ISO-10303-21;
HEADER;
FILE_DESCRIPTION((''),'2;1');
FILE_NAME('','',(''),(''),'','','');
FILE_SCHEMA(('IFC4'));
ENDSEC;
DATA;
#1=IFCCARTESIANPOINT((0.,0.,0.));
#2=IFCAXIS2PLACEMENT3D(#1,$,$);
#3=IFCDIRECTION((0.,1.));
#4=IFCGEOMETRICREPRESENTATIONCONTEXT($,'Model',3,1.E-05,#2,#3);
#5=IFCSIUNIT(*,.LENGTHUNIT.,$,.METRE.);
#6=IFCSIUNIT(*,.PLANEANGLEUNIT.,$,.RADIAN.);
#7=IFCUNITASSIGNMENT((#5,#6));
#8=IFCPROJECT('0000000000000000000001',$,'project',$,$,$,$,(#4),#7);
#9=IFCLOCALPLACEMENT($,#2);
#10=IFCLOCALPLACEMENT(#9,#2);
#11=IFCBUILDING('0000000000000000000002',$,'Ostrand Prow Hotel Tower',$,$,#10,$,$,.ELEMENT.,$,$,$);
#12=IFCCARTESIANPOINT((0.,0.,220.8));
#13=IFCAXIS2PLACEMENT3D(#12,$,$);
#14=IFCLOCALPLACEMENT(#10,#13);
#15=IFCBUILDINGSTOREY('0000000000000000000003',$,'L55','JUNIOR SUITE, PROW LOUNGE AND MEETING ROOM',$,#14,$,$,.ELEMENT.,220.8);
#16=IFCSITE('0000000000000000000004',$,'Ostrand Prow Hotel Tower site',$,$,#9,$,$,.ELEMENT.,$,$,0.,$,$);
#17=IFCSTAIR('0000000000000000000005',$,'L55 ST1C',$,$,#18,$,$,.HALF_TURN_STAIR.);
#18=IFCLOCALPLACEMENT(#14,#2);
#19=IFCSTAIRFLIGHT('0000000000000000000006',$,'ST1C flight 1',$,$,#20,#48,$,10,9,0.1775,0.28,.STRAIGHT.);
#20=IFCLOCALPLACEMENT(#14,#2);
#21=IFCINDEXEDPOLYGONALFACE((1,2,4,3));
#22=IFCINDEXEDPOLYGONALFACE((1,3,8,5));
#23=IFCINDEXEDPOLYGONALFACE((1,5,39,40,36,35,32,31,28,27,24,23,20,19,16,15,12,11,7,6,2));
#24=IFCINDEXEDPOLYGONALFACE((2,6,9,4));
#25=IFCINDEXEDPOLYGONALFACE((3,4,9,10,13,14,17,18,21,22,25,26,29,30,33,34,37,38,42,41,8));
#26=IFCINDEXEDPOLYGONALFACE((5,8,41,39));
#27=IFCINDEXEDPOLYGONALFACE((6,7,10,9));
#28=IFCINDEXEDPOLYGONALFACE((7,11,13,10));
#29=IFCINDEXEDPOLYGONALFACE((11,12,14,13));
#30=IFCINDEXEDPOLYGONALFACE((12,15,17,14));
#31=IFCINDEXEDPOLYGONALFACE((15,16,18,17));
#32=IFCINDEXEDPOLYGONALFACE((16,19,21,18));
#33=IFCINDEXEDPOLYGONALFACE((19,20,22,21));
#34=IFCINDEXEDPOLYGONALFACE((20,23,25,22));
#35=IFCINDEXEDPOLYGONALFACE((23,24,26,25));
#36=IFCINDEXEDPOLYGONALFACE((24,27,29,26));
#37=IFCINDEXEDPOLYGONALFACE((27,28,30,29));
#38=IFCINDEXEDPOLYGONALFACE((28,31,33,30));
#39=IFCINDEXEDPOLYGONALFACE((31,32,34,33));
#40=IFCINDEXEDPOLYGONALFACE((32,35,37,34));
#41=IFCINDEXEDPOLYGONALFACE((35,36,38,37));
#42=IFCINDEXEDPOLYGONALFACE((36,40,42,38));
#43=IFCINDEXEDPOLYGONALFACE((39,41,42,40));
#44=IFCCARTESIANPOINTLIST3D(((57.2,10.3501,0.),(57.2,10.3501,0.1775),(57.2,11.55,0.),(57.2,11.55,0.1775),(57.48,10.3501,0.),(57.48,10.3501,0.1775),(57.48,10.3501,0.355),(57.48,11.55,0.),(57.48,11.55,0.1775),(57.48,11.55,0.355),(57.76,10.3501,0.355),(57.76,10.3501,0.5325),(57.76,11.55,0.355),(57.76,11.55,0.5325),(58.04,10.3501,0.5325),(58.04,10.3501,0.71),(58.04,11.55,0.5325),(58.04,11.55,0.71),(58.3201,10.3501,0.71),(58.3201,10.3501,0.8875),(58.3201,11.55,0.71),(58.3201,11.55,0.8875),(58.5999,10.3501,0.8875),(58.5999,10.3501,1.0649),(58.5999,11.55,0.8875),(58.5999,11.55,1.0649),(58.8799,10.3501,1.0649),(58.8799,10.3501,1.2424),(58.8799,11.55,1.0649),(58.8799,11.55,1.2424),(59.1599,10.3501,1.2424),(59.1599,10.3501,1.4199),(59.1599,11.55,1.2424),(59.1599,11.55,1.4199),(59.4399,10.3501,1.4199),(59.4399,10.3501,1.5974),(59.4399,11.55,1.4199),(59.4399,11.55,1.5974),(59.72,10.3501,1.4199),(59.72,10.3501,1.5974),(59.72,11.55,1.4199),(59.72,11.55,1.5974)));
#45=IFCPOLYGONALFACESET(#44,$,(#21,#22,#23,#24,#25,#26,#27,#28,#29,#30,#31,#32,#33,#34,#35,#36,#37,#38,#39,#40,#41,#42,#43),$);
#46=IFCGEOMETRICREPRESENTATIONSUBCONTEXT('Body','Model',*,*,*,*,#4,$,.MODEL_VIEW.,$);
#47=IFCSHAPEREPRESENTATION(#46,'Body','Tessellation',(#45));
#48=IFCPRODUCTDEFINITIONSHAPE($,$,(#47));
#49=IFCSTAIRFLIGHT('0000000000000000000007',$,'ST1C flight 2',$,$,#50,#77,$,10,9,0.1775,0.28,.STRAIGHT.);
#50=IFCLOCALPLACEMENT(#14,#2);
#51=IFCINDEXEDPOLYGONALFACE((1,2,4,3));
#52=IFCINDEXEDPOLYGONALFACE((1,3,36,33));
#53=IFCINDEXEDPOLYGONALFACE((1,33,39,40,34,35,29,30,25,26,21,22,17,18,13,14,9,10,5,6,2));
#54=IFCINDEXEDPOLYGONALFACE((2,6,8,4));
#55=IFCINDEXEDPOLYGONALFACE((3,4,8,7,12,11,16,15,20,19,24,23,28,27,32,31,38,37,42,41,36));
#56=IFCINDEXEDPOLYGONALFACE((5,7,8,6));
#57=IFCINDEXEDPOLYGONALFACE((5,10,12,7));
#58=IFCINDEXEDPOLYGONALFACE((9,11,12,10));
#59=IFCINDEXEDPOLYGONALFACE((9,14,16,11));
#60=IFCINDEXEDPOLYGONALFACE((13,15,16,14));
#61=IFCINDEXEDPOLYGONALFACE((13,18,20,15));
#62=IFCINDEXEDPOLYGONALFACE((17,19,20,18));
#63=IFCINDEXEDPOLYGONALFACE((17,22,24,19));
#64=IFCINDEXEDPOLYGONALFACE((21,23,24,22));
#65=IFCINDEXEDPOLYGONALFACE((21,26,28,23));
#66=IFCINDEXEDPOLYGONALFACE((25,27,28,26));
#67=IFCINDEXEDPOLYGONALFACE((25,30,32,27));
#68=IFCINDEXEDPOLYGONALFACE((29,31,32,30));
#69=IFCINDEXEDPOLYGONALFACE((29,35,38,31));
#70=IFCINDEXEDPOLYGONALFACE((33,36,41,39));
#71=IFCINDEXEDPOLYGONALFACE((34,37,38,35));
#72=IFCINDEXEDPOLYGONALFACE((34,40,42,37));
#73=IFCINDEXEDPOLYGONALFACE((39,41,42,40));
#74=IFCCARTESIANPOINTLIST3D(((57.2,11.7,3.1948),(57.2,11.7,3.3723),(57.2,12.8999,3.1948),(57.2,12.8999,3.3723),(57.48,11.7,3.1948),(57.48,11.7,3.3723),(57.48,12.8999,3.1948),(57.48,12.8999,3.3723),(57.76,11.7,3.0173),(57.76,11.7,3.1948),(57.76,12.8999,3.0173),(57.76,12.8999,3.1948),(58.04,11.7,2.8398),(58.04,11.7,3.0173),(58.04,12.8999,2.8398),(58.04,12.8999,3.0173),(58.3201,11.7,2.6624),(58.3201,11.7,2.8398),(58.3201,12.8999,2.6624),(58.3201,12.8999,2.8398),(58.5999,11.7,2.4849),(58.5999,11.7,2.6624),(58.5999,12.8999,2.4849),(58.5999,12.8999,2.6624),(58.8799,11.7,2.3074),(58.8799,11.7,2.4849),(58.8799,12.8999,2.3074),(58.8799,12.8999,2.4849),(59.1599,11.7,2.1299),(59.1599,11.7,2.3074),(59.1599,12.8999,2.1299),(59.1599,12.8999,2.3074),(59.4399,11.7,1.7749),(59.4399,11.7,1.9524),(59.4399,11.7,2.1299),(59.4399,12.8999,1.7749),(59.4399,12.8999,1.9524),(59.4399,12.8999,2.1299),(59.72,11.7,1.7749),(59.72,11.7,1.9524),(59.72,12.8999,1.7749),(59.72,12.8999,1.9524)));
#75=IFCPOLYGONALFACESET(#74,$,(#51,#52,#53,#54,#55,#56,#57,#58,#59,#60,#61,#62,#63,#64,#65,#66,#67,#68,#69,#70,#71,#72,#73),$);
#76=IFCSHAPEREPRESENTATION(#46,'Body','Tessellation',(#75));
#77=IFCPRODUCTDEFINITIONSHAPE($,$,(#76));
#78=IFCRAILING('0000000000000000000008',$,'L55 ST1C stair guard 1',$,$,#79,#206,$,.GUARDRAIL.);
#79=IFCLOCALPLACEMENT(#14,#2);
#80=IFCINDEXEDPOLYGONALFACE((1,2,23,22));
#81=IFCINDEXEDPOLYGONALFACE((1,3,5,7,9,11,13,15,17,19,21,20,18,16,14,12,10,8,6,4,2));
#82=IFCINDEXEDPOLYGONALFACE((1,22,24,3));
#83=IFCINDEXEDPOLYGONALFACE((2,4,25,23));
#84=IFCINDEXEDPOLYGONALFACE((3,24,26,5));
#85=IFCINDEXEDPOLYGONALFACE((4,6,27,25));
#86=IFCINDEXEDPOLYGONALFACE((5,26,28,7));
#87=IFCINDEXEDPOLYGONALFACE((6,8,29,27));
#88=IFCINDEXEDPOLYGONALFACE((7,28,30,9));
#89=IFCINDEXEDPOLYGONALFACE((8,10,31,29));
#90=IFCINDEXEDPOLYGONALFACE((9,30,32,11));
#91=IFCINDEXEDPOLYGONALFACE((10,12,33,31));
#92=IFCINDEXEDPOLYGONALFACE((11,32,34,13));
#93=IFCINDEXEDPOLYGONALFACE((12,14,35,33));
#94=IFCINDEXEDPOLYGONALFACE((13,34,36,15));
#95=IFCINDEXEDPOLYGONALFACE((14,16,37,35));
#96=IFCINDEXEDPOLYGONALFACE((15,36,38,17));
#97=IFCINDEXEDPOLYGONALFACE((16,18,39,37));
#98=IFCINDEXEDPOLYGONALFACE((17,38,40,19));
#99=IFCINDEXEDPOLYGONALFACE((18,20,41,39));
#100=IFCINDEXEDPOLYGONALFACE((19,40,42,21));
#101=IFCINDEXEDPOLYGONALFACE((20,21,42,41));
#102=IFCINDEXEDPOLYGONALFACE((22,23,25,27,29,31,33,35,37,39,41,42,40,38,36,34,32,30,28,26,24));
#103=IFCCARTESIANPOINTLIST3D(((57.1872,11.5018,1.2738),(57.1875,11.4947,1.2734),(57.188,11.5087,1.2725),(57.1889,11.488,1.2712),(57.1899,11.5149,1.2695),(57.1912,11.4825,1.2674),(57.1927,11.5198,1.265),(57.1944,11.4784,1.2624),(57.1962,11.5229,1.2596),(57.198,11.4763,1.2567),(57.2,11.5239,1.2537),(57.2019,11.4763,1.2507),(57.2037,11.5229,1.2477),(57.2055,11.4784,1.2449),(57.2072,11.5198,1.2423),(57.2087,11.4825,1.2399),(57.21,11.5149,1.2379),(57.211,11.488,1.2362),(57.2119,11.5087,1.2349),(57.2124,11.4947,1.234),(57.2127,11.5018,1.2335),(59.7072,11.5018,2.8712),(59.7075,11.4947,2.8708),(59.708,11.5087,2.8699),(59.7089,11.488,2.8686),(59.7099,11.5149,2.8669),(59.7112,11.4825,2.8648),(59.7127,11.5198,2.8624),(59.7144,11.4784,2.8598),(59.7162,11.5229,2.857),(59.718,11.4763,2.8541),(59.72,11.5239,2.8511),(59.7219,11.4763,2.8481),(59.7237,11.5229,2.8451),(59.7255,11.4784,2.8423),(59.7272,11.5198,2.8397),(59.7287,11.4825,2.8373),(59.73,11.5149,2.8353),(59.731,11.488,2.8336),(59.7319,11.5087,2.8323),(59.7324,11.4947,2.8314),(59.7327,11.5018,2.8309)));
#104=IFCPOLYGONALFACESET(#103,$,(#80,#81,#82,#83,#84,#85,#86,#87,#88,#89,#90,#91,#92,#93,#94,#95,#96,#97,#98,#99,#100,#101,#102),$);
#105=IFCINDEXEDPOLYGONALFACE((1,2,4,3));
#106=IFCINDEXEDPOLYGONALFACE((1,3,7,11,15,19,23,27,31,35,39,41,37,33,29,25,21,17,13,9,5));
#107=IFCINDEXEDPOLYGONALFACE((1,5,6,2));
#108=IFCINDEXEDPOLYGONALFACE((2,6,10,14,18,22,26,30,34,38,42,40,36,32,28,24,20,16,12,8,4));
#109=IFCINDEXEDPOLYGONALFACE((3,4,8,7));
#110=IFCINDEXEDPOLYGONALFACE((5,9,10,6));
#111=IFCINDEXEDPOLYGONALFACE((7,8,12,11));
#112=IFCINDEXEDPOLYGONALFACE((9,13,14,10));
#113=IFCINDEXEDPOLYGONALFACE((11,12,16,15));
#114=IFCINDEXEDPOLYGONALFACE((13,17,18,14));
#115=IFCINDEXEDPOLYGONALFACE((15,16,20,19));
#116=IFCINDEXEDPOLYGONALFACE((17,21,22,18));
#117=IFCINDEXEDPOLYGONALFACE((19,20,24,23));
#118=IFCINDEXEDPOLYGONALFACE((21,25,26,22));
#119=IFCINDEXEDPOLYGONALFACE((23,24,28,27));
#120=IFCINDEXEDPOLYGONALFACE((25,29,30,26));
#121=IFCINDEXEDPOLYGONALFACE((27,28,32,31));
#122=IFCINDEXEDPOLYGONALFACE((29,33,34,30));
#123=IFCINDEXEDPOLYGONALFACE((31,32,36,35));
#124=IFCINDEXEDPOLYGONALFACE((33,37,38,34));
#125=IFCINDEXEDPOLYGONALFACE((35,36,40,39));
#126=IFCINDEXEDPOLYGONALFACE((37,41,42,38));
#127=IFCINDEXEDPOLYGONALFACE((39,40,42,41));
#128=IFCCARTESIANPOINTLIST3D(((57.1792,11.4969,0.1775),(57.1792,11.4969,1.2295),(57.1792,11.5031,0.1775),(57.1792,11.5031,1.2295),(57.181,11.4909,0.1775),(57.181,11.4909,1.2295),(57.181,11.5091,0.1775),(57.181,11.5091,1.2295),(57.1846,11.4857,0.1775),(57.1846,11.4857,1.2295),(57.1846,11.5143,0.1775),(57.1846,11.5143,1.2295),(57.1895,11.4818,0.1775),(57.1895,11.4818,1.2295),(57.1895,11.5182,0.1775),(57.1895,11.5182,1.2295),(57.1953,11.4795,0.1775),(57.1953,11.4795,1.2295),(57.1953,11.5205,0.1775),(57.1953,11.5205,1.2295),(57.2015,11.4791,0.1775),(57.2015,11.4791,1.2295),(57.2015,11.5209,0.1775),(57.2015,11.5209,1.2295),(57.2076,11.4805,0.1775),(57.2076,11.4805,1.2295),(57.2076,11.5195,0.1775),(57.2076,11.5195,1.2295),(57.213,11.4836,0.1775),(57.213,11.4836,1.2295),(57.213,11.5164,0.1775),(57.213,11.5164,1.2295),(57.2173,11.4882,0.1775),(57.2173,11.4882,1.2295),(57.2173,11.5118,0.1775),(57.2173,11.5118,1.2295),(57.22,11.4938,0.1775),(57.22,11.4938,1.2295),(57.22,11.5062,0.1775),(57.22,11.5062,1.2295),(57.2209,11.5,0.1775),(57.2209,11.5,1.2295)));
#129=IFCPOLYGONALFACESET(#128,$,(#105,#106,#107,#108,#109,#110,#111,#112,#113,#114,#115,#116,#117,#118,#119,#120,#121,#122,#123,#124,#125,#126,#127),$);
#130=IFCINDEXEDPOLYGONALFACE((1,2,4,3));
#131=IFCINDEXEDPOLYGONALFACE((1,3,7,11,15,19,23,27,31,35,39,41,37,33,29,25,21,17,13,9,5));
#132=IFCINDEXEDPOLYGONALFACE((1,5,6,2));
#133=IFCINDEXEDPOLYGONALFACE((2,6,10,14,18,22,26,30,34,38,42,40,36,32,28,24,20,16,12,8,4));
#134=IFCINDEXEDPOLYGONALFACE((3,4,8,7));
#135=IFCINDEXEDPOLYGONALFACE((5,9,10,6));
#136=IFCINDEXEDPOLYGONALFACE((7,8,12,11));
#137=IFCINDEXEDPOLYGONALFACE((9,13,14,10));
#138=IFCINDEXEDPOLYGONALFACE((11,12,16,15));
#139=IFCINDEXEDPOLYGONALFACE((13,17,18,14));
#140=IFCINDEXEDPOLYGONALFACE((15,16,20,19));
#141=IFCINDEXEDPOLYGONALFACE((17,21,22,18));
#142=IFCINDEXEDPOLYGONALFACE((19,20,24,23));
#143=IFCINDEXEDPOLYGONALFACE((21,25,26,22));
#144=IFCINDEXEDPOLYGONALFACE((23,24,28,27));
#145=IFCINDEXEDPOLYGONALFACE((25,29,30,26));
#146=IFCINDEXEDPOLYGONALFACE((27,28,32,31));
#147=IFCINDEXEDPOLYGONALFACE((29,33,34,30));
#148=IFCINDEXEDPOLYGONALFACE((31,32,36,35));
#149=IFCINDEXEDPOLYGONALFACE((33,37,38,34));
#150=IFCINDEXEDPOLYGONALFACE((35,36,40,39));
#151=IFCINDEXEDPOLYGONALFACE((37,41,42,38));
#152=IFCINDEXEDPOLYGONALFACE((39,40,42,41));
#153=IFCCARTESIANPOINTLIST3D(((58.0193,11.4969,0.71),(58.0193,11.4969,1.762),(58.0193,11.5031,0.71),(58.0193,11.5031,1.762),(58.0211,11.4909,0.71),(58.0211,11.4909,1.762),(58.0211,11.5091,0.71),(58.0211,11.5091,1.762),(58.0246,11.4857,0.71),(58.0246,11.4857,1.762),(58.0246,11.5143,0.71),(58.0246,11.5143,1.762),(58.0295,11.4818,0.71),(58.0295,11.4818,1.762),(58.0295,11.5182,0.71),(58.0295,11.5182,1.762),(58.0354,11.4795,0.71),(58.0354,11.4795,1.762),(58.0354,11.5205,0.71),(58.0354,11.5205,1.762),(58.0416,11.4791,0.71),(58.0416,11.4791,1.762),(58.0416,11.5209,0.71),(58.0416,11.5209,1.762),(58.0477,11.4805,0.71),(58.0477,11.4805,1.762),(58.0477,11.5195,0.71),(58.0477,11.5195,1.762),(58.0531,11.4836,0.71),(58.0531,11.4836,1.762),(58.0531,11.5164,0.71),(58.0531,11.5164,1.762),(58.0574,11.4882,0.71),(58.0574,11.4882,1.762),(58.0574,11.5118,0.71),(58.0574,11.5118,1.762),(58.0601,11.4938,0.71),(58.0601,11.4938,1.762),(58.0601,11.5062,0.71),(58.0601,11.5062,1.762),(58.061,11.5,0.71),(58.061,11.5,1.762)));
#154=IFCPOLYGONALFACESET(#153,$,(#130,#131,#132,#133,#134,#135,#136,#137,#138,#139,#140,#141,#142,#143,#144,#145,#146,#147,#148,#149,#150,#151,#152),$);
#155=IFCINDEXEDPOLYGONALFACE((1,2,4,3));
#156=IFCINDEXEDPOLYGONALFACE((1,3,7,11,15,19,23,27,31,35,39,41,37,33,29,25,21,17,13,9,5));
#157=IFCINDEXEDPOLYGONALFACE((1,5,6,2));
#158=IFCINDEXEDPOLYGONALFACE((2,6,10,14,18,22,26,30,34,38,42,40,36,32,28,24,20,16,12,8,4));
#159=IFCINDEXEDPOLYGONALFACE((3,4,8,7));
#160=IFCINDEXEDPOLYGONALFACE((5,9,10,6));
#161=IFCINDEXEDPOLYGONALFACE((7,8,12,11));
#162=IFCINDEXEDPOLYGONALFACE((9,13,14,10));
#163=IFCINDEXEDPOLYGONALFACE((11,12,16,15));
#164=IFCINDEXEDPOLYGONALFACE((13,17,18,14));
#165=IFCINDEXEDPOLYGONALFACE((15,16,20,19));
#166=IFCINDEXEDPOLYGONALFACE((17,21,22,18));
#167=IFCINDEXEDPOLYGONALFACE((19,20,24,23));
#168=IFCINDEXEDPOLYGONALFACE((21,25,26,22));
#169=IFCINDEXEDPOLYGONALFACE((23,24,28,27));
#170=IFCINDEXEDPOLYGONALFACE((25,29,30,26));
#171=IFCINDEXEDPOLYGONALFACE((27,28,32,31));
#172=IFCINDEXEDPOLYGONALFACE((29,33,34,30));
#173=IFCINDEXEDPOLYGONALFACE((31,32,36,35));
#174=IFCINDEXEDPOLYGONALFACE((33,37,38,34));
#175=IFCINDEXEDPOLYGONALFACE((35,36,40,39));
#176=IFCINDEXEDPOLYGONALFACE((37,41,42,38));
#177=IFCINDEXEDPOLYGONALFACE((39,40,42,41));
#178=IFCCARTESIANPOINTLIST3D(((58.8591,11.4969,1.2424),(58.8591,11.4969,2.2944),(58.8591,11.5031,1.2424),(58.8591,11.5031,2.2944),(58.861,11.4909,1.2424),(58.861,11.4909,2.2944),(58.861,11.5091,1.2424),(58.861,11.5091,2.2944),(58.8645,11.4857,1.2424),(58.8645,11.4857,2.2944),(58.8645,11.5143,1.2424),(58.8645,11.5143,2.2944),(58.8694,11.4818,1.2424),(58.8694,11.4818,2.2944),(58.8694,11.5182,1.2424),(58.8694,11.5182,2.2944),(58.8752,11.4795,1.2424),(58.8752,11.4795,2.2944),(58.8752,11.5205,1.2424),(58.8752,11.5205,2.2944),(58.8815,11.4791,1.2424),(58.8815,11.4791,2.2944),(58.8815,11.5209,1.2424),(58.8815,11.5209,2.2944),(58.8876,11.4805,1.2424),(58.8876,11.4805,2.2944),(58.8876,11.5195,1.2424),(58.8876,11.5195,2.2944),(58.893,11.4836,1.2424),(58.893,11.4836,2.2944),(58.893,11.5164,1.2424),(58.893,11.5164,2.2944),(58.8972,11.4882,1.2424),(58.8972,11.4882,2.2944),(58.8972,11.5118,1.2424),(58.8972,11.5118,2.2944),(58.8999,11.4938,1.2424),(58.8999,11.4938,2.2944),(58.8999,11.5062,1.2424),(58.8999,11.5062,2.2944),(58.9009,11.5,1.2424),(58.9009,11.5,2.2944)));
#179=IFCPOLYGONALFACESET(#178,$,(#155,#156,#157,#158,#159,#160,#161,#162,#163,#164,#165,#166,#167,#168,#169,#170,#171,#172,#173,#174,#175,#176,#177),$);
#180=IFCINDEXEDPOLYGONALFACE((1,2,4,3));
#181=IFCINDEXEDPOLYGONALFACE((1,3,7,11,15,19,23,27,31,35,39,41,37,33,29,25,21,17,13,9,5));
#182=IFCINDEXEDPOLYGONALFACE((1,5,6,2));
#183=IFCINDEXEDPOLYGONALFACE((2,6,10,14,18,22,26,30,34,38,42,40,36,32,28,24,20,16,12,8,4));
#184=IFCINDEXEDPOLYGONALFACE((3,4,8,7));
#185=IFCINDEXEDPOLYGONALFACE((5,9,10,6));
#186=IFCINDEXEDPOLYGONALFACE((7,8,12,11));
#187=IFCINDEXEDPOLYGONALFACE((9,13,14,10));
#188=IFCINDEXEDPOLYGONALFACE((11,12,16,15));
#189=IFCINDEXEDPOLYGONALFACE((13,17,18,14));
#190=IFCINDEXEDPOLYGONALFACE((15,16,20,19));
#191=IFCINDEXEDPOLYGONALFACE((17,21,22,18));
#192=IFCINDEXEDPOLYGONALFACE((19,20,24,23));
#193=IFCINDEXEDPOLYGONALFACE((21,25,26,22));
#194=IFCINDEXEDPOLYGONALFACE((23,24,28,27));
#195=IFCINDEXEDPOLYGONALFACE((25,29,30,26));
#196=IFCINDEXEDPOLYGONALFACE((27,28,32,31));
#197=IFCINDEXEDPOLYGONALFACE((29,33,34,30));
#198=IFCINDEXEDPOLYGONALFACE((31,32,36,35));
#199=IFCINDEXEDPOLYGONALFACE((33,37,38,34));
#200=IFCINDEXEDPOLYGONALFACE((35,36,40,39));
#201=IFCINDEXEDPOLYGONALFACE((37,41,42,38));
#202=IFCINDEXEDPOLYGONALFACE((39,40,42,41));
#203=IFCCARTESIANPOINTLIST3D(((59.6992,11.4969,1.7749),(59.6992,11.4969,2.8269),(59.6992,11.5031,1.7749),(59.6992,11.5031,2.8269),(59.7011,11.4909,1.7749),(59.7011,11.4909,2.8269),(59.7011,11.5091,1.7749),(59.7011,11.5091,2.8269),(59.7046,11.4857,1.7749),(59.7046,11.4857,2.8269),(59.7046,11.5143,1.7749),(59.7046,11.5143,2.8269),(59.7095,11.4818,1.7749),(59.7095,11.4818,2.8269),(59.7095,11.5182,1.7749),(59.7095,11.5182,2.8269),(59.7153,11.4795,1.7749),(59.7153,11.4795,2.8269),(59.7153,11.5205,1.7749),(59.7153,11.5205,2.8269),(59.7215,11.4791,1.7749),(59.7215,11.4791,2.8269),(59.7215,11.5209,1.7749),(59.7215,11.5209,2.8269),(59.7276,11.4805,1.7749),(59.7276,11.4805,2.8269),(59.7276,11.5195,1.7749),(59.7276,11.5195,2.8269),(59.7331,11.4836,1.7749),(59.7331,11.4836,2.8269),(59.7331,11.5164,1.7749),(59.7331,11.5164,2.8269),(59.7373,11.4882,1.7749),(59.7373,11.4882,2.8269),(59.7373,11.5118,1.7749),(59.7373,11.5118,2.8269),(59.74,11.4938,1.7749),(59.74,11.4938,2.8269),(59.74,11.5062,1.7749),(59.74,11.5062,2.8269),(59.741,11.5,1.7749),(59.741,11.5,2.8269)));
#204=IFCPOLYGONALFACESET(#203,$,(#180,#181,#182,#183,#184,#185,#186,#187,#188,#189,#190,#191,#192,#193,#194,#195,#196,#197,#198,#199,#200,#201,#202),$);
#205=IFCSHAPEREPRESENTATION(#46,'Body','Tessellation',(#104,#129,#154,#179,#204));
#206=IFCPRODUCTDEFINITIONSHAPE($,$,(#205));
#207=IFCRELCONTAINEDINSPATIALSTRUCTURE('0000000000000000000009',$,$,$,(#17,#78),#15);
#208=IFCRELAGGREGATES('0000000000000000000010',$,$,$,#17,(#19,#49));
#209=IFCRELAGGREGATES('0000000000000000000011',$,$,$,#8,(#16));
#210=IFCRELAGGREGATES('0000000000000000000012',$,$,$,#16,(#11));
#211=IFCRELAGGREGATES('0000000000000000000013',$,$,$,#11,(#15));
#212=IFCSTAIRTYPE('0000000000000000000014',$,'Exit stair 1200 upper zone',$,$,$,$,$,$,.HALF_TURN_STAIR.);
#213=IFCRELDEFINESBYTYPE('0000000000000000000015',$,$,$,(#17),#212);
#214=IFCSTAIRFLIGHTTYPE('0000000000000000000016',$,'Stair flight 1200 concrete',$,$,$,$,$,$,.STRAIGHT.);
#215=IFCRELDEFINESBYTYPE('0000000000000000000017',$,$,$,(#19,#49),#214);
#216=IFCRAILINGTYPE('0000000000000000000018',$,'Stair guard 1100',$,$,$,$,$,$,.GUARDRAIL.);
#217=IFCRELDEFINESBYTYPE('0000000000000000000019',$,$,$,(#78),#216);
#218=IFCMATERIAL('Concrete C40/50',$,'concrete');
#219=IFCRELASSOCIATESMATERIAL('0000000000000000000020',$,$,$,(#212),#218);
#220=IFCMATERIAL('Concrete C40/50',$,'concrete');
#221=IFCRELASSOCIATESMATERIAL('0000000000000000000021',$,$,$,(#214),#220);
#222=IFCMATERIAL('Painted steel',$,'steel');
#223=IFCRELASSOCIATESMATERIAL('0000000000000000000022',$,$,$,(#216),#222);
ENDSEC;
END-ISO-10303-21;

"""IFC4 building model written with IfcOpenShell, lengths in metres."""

from ifc_helpers import new_model, si_unit, direction, frame, origin, origin_2d, place, context, subcontext, project, spatial, polyline, circle, outline, extrude, material, type_object, element, aggregate, save


model = new_model("IFC4")

# Units and contexts
model_context = context("Model", 3, precision=1e-05, world=origin(), true_north=direction((0.0, 1.0)))
body_context = subcontext(model_context, "Body", "Model", "MODEL_VIEW")
ifc_project = project(units=[si_unit("LENGTHUNIT", "METRE"), si_unit("PLANEANGLEUNIT", "RADIAN")], contexts=[model_context])

# Site, building, storey
site_placement = place(None, origin())
site = spatial("IfcSite", under=ifc_project, at=site_placement, Name="Ostrand Prow Hotel Tower site", CompositionType="ELEMENT", RefElevation=0.0)
building_placement = place(site_placement, origin())
building = spatial("IfcBuilding", under=site, at=building_placement, Name="Ostrand Prow Hotel Tower", CompositionType="ELEMENT")
storey_placement = place(building_placement, frame((0.0, 0.0, 220.8)))
storey = spatial("IfcBuildingStorey", under=building, at=storey_placement, Name="L55", Description="JUNIOR SUITE, PROW LOUNGE AND MEETING ROOM", CompositionType="ELEMENT", Elevation=220.8)

# Stair, stair flights
ifc_material_1 = material(Name="Concrete C40/50", Category="concrete")
stair_type = type_object("IfcStairType", Name="Exit stair 1200 upper zone", PredefinedType="HALF_TURN_STAIR", material=ifc_material_1)
stair_placement = place(storey_placement, origin())
stair = element("IfcStair", 1, at=stair_placement, inside=storey, type_object=stair_type, Name="L55 ST1C", PredefinedType="HALF_TURN_STAIR")
ifc_material_2 = material(Name="Concrete C40/50", Category="concrete")
stair_flight_type = type_object("IfcStairFlightType", Name="Stair flight 1200 concrete", PredefinedType="STRAIGHT", material=ifc_material_2)
stair_flight_1_placement = place(storey_placement, frame((57.2, 10.95, 0.0), z_axis=(0.0, 0.0, 1.0), x_axis=(1.0, 0.0, 0.0)))
stair_flight_1 = element("IfcStairFlight", 2, at=stair_flight_1_placement, type_object=stair_flight_type, Name="ST1C flight 1", NumberOfRisers=10, NumberOfTreads=9, PredefinedType="STRAIGHT", RiserHeight=0.1775, TreadLength=0.28, context=body_context, shape_type="SweptSolid", body=[
    extrude(outline(polyline([(0.0, 0.0), (0.0, 0.1775), (0.28, 0.1775), (0.28, 0.355), (0.5601, 0.355), (0.5601, 0.5325), (0.8401, 0.5325), (0.8401, 0.71), (1.1201, 0.71), (1.1201, 0.8875), (1.3999, 0.8875), (1.3999, 1.0649), (1.6799, 1.0649), (1.6799, 1.2424), (1.96, 1.2424), (1.96, 1.4199), (2.24, 1.4199), (2.24, 1.5974), (2.52, 1.5974), (2.52, 1.7749), (2.52, 1.4199), (0.28, 0.0), (0.0, 0.0)])), frame((0.0, 0.6001, 0.0), z_axis=(0.0, -1.0, 0.0), x_axis=(1.0, 0.0, 0.0)), (0.0, 0.0, 1.0), 1.2),
])
stair_flight_2_placement = place(storey_placement, frame((59.72, 12.3, 1.7749), z_axis=(0.0, 0.0, 1.0), x_axis=(-1.0, 0.0, 0.0)))
stair_flight_2 = element("IfcStairFlight", 3, at=stair_flight_2_placement, type_object=stair_flight_type, Name="ST1C flight 2", NumberOfRisers=10, NumberOfTreads=9, PredefinedType="STRAIGHT", RiserHeight=0.1775, TreadLength=0.28, context=body_context, shape_type="SweptSolid", body=[
    extrude(outline(polyline([(0.0, 0.0), (0.0, 0.1775), (0.28, 0.1775), (0.28, 0.355), (0.5601, 0.355), (0.5601, 0.5325), (0.8401, 0.5325), (0.8401, 0.71), (1.1201, 0.71), (1.1201, 0.8875), (1.3999, 0.8875), (1.3999, 1.0649), (1.6799, 1.0649), (1.6799, 1.2424), (1.96, 1.2424), (1.96, 1.4199), (2.24, 1.4199), (2.24, 1.5974), (2.52, 1.5974), (2.52, 1.7749), (2.52, 1.4199), (0.28, 0.0), (0.0, 0.0)])), frame((0.0, 0.6001, 0.0), z_axis=(0.0, -1.0, 0.0), x_axis=(1.0, 0.0, 0.0)), (0.0, 0.0, 1.0), 1.2),
])
aggregate(stair, [stair_flight_1, stair_flight_2])

# Railing
ifc_material_3 = material(Name="Painted steel", Category="steel")
railing_type_1 = type_object("IfcRailingType", Name="Stair guard 1100", PredefinedType="GUARDRAIL", material=ifc_material_3)
railing_1_placement = place(storey_placement, frame((57.2, 11.5, 0.1775)))
element("IfcRailing", 4, at=railing_1_placement, inside=storey, type_object=railing_type_1, Name="L55 ST1C stair guard 1", PredefinedType="GUARDRAIL", context=body_context, shape_type="SweptSolid", body=[
    extrude(circle(Radius=0.0239, at=origin_2d()), frame((0.0, 0.0, 1.0762), z_axis=(0.844607, 0.0, 0.535387), x_axis=(0.0, 1.0, 0.0)), (0.0, 0.0, 1.0), 2.9836),
    extrude(circle(Radius=0.021, at=origin_2d()), origin(), (0.0, 0.0, 1.0), 1.052),
    extrude(circle(Radius=0.021, at=origin_2d()), frame((0.8401, 0.0, 0.5325)), (0.0, 0.0, 1.0), 1.052),
    extrude(circle(Radius=0.021, at=origin_2d()), frame((1.6799, 0.0, 1.0649)), (0.0, 0.0, 1.0), 1.052),
    extrude(circle(Radius=0.021, at=origin_2d()), frame((2.52, 0.0, 1.5974)), (0.0, 0.0, 1.0), 1.052),
])

save(model, "model.ifc")
